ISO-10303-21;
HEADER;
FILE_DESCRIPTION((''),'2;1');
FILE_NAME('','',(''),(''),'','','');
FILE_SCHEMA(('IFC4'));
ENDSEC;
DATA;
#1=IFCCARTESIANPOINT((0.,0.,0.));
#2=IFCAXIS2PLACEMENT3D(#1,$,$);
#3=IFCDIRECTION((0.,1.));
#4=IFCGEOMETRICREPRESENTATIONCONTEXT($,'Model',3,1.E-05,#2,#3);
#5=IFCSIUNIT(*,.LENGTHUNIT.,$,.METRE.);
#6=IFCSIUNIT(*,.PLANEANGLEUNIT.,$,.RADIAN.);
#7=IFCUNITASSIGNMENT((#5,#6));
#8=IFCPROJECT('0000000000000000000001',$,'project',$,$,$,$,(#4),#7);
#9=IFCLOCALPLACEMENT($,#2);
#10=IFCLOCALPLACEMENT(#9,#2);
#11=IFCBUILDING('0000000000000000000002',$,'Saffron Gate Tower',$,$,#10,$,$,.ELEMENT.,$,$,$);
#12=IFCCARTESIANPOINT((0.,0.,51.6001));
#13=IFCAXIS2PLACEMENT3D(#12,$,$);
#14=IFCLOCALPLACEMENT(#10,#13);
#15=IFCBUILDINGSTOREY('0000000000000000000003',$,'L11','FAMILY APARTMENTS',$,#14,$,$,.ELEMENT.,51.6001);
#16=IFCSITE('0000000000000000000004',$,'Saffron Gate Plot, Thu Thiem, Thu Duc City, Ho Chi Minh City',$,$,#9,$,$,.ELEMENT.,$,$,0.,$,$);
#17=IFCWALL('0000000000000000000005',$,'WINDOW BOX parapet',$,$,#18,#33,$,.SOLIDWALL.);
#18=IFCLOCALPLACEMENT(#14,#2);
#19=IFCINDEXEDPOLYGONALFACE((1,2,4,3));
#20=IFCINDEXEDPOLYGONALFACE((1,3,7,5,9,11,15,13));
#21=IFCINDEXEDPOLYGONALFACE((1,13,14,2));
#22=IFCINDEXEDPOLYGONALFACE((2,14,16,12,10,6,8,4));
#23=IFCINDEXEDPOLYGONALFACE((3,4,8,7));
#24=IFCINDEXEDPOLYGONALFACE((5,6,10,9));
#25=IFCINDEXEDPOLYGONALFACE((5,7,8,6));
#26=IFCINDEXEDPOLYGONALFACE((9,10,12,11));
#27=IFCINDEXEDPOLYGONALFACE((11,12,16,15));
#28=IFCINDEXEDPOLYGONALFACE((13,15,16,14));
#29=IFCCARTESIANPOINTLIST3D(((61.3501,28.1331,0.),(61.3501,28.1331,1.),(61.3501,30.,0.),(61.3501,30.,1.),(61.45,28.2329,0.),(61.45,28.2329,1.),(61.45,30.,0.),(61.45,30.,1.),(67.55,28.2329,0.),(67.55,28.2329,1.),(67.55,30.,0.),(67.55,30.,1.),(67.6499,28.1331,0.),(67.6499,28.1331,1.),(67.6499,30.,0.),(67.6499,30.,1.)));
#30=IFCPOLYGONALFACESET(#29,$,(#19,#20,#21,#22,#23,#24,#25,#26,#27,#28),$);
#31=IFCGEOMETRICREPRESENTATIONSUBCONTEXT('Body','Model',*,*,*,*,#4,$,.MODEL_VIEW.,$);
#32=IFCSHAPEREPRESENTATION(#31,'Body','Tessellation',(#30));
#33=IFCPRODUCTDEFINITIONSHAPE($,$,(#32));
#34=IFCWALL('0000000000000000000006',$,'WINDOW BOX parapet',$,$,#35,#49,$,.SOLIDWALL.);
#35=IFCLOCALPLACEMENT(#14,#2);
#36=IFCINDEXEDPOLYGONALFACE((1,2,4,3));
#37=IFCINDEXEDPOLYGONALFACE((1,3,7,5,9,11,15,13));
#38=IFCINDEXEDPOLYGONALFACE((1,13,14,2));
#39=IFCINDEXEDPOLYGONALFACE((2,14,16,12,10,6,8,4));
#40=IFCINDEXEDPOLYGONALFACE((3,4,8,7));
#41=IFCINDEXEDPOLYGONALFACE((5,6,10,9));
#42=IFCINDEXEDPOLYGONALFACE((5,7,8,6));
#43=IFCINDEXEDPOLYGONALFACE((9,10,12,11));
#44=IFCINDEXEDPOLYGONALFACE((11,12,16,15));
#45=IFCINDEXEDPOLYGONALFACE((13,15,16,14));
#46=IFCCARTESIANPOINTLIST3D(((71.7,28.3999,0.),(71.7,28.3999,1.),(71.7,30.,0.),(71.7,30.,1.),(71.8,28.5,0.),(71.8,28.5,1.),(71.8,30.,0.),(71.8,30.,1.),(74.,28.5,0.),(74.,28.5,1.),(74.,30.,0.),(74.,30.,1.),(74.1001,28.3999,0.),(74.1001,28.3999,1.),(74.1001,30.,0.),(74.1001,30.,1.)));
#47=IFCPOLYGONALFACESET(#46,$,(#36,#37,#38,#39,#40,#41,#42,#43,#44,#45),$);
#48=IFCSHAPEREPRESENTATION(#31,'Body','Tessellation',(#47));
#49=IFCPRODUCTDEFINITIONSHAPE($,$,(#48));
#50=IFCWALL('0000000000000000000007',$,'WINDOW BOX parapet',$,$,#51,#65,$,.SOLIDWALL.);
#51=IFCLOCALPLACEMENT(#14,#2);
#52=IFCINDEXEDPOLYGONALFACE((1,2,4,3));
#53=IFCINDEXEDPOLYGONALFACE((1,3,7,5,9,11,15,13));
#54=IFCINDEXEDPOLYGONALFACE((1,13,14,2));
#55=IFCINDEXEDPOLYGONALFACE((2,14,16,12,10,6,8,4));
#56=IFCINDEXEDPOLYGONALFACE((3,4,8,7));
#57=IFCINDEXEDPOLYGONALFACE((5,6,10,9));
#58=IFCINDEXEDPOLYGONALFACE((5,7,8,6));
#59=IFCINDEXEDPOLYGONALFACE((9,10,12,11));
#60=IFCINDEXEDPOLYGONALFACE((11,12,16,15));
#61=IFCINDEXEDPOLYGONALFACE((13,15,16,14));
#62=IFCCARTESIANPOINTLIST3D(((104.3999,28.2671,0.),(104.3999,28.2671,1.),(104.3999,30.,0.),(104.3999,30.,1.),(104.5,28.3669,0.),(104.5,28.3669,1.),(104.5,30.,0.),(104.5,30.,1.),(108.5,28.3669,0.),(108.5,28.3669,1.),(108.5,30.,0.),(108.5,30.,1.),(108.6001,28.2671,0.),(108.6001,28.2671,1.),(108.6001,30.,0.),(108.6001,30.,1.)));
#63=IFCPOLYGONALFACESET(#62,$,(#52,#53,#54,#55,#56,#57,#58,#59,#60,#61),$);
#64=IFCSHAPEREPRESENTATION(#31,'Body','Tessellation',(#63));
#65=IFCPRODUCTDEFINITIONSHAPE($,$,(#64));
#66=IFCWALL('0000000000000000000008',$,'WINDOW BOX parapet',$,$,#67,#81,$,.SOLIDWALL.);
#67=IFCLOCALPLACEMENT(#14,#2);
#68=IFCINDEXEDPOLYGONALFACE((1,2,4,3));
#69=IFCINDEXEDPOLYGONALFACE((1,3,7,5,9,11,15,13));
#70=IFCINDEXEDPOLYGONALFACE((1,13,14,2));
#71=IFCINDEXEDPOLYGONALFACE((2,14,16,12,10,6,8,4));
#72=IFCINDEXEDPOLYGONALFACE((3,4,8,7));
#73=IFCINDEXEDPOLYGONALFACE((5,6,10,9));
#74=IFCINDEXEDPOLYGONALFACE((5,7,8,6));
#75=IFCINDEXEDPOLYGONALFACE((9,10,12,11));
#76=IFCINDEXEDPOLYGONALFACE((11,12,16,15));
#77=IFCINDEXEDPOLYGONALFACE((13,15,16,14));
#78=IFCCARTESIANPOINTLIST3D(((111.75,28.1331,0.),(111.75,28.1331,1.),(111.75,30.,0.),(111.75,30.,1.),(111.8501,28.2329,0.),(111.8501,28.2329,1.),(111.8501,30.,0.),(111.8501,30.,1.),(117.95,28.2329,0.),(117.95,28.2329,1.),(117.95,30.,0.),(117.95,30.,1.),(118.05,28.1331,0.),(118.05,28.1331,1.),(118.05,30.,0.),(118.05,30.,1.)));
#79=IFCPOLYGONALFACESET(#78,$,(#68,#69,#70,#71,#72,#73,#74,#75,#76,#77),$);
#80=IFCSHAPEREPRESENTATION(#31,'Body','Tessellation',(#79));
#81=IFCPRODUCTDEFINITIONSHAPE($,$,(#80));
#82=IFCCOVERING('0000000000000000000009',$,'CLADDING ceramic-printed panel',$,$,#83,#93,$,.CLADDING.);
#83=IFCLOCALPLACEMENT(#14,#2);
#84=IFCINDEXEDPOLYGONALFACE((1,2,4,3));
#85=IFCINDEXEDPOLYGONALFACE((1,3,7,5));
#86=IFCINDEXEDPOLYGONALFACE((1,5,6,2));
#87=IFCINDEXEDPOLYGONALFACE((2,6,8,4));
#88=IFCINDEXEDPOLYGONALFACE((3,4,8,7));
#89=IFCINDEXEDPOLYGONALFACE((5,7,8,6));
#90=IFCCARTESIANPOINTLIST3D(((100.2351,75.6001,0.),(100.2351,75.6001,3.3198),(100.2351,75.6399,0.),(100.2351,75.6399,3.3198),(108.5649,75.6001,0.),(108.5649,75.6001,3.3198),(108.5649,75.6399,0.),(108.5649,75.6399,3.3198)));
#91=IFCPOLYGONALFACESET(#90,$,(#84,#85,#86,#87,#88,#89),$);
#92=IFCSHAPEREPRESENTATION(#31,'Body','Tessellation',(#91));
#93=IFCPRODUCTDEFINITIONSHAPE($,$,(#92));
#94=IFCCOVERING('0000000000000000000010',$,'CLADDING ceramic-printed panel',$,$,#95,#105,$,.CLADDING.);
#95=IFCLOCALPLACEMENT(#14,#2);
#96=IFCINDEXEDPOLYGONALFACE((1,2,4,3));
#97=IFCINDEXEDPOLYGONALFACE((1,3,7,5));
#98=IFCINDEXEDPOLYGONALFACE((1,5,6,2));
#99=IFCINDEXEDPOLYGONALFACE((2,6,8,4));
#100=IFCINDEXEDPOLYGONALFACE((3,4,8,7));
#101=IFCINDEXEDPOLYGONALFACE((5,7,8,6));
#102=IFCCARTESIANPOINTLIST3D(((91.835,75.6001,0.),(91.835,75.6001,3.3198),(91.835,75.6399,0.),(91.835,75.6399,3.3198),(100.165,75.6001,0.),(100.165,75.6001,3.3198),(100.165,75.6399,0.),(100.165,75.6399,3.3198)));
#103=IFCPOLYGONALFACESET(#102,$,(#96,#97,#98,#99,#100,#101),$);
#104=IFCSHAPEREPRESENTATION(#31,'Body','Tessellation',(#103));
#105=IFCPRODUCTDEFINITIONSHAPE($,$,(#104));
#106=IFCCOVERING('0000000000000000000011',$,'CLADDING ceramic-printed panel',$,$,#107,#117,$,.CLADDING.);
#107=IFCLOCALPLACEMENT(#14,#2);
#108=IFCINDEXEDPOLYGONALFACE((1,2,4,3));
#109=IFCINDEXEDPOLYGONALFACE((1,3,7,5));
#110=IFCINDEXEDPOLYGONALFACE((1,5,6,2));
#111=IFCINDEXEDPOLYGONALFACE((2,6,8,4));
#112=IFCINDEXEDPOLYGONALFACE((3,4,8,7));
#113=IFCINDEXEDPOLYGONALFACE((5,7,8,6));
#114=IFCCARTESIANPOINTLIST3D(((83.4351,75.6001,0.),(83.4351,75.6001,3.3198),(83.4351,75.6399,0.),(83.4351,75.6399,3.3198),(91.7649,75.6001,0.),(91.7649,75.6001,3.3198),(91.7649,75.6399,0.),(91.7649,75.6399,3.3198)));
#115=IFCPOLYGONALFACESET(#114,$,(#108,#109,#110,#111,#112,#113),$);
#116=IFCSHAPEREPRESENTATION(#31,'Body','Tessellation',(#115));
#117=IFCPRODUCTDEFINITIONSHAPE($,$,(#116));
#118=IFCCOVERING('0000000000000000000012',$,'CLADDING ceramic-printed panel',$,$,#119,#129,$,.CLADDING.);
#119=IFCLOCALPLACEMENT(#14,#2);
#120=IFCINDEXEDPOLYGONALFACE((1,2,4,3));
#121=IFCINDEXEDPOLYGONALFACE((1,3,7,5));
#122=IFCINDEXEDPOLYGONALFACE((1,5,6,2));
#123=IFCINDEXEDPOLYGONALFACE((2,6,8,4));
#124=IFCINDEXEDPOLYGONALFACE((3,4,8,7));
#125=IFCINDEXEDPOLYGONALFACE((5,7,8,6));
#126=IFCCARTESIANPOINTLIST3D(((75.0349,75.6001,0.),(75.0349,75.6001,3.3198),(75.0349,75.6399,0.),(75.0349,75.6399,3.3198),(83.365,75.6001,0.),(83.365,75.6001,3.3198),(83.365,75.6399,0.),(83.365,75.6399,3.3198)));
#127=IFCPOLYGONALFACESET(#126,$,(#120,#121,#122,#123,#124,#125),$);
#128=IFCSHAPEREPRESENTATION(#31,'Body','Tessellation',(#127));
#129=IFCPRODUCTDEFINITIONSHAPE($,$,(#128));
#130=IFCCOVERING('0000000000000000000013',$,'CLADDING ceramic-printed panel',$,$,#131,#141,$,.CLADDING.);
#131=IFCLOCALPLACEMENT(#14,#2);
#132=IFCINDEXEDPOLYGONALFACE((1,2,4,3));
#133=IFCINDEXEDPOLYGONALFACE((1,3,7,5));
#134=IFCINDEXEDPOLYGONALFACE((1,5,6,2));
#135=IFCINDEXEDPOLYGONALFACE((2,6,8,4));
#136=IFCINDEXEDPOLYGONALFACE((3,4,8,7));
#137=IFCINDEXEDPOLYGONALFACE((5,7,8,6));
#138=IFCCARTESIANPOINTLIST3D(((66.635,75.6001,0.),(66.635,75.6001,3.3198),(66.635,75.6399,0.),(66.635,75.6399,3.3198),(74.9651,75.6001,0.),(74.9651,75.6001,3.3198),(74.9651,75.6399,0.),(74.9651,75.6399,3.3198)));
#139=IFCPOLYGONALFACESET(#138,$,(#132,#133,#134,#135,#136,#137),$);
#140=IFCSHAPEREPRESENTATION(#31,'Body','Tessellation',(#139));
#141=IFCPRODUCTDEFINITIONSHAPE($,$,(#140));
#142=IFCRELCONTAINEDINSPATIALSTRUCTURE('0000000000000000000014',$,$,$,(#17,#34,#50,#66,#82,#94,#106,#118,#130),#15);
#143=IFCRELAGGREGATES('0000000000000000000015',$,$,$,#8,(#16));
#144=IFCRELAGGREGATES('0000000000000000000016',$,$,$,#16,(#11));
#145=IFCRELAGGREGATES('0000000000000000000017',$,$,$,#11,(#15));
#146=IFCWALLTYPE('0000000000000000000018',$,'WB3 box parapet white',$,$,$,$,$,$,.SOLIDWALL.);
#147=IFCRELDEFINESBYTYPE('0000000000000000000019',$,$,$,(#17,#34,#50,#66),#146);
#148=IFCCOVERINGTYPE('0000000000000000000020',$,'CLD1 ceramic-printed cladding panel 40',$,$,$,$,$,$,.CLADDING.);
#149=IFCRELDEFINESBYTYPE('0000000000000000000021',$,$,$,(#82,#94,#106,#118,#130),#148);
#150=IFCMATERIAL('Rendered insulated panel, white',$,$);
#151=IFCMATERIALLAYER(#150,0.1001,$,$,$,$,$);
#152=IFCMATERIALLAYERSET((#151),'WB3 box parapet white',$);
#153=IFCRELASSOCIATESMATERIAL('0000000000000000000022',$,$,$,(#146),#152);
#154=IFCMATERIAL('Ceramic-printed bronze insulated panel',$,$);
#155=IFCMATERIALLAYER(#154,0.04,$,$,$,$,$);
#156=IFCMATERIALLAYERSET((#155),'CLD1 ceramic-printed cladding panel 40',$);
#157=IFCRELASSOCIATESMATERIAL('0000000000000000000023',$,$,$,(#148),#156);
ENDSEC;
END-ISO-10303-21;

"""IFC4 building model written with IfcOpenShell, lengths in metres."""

from ifc_helpers import new_model, si_unit, direction, frame, origin, place, context, subcontext, project, spatial, polyline, outline, extrude, material, layer, layer_set, type_object, element, save


model = new_model("IFC4")

# Units and contexts
model_context = context("Model", 3, precision=1e-05, world=origin(), true_north=direction((0.0, 1.0)))
body_context = subcontext(model_context, "Body", "Model", "MODEL_VIEW")
ifc_project = project(units=[si_unit("LENGTHUNIT", "METRE"), si_unit("PLANEANGLEUNIT", "RADIAN")], contexts=[model_context])

# Site, building, storey
site_placement = place(None, origin())
site = spatial("IfcSite", under=ifc_project, at=site_placement, Name="Saffron Gate Plot, Thu Thiem, Thu Duc City, Ho Chi Minh City", CompositionType="ELEMENT", RefElevation=0.0)
building_placement = place(site_placement, origin())
building = spatial("IfcBuilding", under=site, at=building_placement, Name="Saffron Gate Tower", CompositionType="ELEMENT")
storey_placement = place(building_placement, frame((0.0, 0.0, 51.6001)))
storey = spatial("IfcBuildingStorey", under=building, at=storey_placement, Name="L11", Description="FAMILY APARTMENTS", CompositionType="ELEMENT", Elevation=51.6001)

# Walls
ifc_material_1 = material(Name="Rendered insulated panel, white")
ifc_layer_1 = layer(ifc_material_1, 0.1001)
ifc_layer_set_1 = layer_set([ifc_layer_1], Name="WB3 box parapet white")
wall_type = type_object("IfcWallType", Name="WB3 box parapet white", PredefinedType="SOLIDWALL", material=ifc_layer_set_1)
wall_1_placement = place(storey_placement, origin())
element("IfcWall", 1, at=wall_1_placement, inside=storey, type_object=wall_type, Name="WINDOW BOX parapet", PredefinedType="SOLIDWALL", context=body_context, shape_type="SweptSolid", body=[
    extrude(outline(polyline([(61.3501, 30.0), (61.45, 30.0), (61.45, 28.2329), (67.55, 28.2329), (67.55, 30.0), (67.6499, 30.0), (67.6499, 28.1331), (61.3501, 28.1331), (61.3501, 30.0)])), origin(), (0.0, 0.0, 1.0), 1.0),
])
wall_2_placement = place(storey_placement, origin())
element("IfcWall", 2, at=wall_2_placement, inside=storey, type_object=wall_type, Name="WINDOW BOX parapet", PredefinedType="SOLIDWALL", context=body_context, shape_type="SweptSolid", body=[
    extrude(outline(polyline([(71.7, 30.0), (71.8, 30.0), (71.8, 28.5), (74.0, 28.5), (74.0, 30.0), (74.1001, 30.0), (74.1001, 28.3999), (71.7, 28.3999), (71.7, 30.0)])), origin(), (0.0, 0.0, 1.0), 1.0),
])
wall_3_placement = place(storey_placement, origin())
element("IfcWall", 3, at=wall_3_placement, inside=storey, type_object=wall_type, Name="WINDOW BOX parapet", PredefinedType="SOLIDWALL", context=body_context, shape_type="SweptSolid", body=[
    extrude(outline(polyline([(104.3999, 30.0), (104.5, 30.0), (104.5, 28.3669), (108.5, 28.3669), (108.5, 30.0), (108.6001, 30.0), (108.6001, 28.2671), (104.3999, 28.2671), (104.3999, 30.0)])), origin(), (0.0, 0.0, 1.0), 1.0),
])
wall_4_placement = place(storey_placement, origin())
element("IfcWall", 4, at=wall_4_placement, inside=storey, type_object=wall_type, Name="WINDOW BOX parapet", PredefinedType="SOLIDWALL", context=body_context, shape_type="SweptSolid", body=[
    extrude(outline(polyline([(111.75, 30.0), (111.8501, 30.0), (111.8501, 28.2329), (117.95, 28.2329), (117.95, 30.0), (118.05, 30.0), (118.05, 28.1331), (111.75, 28.1331), (111.75, 30.0)])), origin(), (0.0, 0.0, 1.0), 1.0),
])

# Coverings
ifc_material_2 = material(Name="Ceramic-printed bronze insulated panel")
ifc_layer_2 = layer(ifc_material_2, 0.04)
ifc_layer_set_2 = layer_set([ifc_layer_2], Name="CLD1 ceramic-printed cladding panel 40")
covering_type = type_object("IfcCoveringType", Name="CLD1 ceramic-printed cladding panel 40", PredefinedType="CLADDING", material=ifc_layer_set_2)
covering_1_placement = place(storey_placement, origin())
element("IfcCovering", 5, at=covering_1_placement, inside=storey, type_object=covering_type, Name="CLADDING ceramic-printed panel", PredefinedType="CLADDING", context=body_context, shape_type="SweptSolid", body=[
    extrude(outline(polyline([(108.5649, 75.6399), (100.2351, 75.6399), (100.2351, 75.6001), (108.5649, 75.6001), (108.5649, 75.6399)])), origin(), (0.0, 0.0, 1.0), 3.3198),
])
covering_2_placement = place(storey_placement, origin())
element("IfcCovering", 6, at=covering_2_placement, inside=storey, type_object=covering_type, Name="CLADDING ceramic-printed panel", PredefinedType="CLADDING", context=body_context, shape_type="SweptSolid", body=[
    extrude(outline(polyline([(100.165, 75.6399), (91.835, 75.6399), (91.835, 75.6001), (100.165, 75.6001), (100.165, 75.6399)])), origin(), (0.0, 0.0, 1.0), 3.3198),
])
covering_3_placement = place(storey_placement, origin())
element("IfcCovering", 7, at=covering_3_placement, inside=storey, type_object=covering_type, Name="CLADDING ceramic-printed panel", PredefinedType="CLADDING", context=body_context, shape_type="SweptSolid", body=[
    extrude(outline(polyline([(91.7649, 75.6399), (83.4351, 75.6399), (83.4351, 75.6001), (91.7649, 75.6001), (91.7649, 75.6399)])), origin(), (0.0, 0.0, 1.0), 3.3198),
])
covering_4_placement = place(storey_placement, origin())
element("IfcCovering", 8, at=covering_4_placement, inside=storey, type_object=covering_type, Name="CLADDING ceramic-printed panel", PredefinedType="CLADDING", context=body_context, shape_type="SweptSolid", body=[
    extrude(outline(polyline([(83.365, 75.6399), (75.0349, 75.6399), (75.0349, 75.6001), (83.365, 75.6001), (83.365, 75.6399)])), origin(), (0.0, 0.0, 1.0), 3.3198),
])
covering_5_placement = place(storey_placement, origin())
element("IfcCovering", 9, at=covering_5_placement, inside=storey, type_object=covering_type, Name="CLADDING ceramic-printed panel", PredefinedType="CLADDING", context=body_context, shape_type="SweptSolid", body=[
    extrude(outline(polyline([(74.9651, 75.6399), (66.635, 75.6399), (66.635, 75.6001), (74.9651, 75.6001), (74.9651, 75.6399)])), origin(), (0.0, 0.0, 1.0), 3.3198),
])

save(model, "model.ifc")
